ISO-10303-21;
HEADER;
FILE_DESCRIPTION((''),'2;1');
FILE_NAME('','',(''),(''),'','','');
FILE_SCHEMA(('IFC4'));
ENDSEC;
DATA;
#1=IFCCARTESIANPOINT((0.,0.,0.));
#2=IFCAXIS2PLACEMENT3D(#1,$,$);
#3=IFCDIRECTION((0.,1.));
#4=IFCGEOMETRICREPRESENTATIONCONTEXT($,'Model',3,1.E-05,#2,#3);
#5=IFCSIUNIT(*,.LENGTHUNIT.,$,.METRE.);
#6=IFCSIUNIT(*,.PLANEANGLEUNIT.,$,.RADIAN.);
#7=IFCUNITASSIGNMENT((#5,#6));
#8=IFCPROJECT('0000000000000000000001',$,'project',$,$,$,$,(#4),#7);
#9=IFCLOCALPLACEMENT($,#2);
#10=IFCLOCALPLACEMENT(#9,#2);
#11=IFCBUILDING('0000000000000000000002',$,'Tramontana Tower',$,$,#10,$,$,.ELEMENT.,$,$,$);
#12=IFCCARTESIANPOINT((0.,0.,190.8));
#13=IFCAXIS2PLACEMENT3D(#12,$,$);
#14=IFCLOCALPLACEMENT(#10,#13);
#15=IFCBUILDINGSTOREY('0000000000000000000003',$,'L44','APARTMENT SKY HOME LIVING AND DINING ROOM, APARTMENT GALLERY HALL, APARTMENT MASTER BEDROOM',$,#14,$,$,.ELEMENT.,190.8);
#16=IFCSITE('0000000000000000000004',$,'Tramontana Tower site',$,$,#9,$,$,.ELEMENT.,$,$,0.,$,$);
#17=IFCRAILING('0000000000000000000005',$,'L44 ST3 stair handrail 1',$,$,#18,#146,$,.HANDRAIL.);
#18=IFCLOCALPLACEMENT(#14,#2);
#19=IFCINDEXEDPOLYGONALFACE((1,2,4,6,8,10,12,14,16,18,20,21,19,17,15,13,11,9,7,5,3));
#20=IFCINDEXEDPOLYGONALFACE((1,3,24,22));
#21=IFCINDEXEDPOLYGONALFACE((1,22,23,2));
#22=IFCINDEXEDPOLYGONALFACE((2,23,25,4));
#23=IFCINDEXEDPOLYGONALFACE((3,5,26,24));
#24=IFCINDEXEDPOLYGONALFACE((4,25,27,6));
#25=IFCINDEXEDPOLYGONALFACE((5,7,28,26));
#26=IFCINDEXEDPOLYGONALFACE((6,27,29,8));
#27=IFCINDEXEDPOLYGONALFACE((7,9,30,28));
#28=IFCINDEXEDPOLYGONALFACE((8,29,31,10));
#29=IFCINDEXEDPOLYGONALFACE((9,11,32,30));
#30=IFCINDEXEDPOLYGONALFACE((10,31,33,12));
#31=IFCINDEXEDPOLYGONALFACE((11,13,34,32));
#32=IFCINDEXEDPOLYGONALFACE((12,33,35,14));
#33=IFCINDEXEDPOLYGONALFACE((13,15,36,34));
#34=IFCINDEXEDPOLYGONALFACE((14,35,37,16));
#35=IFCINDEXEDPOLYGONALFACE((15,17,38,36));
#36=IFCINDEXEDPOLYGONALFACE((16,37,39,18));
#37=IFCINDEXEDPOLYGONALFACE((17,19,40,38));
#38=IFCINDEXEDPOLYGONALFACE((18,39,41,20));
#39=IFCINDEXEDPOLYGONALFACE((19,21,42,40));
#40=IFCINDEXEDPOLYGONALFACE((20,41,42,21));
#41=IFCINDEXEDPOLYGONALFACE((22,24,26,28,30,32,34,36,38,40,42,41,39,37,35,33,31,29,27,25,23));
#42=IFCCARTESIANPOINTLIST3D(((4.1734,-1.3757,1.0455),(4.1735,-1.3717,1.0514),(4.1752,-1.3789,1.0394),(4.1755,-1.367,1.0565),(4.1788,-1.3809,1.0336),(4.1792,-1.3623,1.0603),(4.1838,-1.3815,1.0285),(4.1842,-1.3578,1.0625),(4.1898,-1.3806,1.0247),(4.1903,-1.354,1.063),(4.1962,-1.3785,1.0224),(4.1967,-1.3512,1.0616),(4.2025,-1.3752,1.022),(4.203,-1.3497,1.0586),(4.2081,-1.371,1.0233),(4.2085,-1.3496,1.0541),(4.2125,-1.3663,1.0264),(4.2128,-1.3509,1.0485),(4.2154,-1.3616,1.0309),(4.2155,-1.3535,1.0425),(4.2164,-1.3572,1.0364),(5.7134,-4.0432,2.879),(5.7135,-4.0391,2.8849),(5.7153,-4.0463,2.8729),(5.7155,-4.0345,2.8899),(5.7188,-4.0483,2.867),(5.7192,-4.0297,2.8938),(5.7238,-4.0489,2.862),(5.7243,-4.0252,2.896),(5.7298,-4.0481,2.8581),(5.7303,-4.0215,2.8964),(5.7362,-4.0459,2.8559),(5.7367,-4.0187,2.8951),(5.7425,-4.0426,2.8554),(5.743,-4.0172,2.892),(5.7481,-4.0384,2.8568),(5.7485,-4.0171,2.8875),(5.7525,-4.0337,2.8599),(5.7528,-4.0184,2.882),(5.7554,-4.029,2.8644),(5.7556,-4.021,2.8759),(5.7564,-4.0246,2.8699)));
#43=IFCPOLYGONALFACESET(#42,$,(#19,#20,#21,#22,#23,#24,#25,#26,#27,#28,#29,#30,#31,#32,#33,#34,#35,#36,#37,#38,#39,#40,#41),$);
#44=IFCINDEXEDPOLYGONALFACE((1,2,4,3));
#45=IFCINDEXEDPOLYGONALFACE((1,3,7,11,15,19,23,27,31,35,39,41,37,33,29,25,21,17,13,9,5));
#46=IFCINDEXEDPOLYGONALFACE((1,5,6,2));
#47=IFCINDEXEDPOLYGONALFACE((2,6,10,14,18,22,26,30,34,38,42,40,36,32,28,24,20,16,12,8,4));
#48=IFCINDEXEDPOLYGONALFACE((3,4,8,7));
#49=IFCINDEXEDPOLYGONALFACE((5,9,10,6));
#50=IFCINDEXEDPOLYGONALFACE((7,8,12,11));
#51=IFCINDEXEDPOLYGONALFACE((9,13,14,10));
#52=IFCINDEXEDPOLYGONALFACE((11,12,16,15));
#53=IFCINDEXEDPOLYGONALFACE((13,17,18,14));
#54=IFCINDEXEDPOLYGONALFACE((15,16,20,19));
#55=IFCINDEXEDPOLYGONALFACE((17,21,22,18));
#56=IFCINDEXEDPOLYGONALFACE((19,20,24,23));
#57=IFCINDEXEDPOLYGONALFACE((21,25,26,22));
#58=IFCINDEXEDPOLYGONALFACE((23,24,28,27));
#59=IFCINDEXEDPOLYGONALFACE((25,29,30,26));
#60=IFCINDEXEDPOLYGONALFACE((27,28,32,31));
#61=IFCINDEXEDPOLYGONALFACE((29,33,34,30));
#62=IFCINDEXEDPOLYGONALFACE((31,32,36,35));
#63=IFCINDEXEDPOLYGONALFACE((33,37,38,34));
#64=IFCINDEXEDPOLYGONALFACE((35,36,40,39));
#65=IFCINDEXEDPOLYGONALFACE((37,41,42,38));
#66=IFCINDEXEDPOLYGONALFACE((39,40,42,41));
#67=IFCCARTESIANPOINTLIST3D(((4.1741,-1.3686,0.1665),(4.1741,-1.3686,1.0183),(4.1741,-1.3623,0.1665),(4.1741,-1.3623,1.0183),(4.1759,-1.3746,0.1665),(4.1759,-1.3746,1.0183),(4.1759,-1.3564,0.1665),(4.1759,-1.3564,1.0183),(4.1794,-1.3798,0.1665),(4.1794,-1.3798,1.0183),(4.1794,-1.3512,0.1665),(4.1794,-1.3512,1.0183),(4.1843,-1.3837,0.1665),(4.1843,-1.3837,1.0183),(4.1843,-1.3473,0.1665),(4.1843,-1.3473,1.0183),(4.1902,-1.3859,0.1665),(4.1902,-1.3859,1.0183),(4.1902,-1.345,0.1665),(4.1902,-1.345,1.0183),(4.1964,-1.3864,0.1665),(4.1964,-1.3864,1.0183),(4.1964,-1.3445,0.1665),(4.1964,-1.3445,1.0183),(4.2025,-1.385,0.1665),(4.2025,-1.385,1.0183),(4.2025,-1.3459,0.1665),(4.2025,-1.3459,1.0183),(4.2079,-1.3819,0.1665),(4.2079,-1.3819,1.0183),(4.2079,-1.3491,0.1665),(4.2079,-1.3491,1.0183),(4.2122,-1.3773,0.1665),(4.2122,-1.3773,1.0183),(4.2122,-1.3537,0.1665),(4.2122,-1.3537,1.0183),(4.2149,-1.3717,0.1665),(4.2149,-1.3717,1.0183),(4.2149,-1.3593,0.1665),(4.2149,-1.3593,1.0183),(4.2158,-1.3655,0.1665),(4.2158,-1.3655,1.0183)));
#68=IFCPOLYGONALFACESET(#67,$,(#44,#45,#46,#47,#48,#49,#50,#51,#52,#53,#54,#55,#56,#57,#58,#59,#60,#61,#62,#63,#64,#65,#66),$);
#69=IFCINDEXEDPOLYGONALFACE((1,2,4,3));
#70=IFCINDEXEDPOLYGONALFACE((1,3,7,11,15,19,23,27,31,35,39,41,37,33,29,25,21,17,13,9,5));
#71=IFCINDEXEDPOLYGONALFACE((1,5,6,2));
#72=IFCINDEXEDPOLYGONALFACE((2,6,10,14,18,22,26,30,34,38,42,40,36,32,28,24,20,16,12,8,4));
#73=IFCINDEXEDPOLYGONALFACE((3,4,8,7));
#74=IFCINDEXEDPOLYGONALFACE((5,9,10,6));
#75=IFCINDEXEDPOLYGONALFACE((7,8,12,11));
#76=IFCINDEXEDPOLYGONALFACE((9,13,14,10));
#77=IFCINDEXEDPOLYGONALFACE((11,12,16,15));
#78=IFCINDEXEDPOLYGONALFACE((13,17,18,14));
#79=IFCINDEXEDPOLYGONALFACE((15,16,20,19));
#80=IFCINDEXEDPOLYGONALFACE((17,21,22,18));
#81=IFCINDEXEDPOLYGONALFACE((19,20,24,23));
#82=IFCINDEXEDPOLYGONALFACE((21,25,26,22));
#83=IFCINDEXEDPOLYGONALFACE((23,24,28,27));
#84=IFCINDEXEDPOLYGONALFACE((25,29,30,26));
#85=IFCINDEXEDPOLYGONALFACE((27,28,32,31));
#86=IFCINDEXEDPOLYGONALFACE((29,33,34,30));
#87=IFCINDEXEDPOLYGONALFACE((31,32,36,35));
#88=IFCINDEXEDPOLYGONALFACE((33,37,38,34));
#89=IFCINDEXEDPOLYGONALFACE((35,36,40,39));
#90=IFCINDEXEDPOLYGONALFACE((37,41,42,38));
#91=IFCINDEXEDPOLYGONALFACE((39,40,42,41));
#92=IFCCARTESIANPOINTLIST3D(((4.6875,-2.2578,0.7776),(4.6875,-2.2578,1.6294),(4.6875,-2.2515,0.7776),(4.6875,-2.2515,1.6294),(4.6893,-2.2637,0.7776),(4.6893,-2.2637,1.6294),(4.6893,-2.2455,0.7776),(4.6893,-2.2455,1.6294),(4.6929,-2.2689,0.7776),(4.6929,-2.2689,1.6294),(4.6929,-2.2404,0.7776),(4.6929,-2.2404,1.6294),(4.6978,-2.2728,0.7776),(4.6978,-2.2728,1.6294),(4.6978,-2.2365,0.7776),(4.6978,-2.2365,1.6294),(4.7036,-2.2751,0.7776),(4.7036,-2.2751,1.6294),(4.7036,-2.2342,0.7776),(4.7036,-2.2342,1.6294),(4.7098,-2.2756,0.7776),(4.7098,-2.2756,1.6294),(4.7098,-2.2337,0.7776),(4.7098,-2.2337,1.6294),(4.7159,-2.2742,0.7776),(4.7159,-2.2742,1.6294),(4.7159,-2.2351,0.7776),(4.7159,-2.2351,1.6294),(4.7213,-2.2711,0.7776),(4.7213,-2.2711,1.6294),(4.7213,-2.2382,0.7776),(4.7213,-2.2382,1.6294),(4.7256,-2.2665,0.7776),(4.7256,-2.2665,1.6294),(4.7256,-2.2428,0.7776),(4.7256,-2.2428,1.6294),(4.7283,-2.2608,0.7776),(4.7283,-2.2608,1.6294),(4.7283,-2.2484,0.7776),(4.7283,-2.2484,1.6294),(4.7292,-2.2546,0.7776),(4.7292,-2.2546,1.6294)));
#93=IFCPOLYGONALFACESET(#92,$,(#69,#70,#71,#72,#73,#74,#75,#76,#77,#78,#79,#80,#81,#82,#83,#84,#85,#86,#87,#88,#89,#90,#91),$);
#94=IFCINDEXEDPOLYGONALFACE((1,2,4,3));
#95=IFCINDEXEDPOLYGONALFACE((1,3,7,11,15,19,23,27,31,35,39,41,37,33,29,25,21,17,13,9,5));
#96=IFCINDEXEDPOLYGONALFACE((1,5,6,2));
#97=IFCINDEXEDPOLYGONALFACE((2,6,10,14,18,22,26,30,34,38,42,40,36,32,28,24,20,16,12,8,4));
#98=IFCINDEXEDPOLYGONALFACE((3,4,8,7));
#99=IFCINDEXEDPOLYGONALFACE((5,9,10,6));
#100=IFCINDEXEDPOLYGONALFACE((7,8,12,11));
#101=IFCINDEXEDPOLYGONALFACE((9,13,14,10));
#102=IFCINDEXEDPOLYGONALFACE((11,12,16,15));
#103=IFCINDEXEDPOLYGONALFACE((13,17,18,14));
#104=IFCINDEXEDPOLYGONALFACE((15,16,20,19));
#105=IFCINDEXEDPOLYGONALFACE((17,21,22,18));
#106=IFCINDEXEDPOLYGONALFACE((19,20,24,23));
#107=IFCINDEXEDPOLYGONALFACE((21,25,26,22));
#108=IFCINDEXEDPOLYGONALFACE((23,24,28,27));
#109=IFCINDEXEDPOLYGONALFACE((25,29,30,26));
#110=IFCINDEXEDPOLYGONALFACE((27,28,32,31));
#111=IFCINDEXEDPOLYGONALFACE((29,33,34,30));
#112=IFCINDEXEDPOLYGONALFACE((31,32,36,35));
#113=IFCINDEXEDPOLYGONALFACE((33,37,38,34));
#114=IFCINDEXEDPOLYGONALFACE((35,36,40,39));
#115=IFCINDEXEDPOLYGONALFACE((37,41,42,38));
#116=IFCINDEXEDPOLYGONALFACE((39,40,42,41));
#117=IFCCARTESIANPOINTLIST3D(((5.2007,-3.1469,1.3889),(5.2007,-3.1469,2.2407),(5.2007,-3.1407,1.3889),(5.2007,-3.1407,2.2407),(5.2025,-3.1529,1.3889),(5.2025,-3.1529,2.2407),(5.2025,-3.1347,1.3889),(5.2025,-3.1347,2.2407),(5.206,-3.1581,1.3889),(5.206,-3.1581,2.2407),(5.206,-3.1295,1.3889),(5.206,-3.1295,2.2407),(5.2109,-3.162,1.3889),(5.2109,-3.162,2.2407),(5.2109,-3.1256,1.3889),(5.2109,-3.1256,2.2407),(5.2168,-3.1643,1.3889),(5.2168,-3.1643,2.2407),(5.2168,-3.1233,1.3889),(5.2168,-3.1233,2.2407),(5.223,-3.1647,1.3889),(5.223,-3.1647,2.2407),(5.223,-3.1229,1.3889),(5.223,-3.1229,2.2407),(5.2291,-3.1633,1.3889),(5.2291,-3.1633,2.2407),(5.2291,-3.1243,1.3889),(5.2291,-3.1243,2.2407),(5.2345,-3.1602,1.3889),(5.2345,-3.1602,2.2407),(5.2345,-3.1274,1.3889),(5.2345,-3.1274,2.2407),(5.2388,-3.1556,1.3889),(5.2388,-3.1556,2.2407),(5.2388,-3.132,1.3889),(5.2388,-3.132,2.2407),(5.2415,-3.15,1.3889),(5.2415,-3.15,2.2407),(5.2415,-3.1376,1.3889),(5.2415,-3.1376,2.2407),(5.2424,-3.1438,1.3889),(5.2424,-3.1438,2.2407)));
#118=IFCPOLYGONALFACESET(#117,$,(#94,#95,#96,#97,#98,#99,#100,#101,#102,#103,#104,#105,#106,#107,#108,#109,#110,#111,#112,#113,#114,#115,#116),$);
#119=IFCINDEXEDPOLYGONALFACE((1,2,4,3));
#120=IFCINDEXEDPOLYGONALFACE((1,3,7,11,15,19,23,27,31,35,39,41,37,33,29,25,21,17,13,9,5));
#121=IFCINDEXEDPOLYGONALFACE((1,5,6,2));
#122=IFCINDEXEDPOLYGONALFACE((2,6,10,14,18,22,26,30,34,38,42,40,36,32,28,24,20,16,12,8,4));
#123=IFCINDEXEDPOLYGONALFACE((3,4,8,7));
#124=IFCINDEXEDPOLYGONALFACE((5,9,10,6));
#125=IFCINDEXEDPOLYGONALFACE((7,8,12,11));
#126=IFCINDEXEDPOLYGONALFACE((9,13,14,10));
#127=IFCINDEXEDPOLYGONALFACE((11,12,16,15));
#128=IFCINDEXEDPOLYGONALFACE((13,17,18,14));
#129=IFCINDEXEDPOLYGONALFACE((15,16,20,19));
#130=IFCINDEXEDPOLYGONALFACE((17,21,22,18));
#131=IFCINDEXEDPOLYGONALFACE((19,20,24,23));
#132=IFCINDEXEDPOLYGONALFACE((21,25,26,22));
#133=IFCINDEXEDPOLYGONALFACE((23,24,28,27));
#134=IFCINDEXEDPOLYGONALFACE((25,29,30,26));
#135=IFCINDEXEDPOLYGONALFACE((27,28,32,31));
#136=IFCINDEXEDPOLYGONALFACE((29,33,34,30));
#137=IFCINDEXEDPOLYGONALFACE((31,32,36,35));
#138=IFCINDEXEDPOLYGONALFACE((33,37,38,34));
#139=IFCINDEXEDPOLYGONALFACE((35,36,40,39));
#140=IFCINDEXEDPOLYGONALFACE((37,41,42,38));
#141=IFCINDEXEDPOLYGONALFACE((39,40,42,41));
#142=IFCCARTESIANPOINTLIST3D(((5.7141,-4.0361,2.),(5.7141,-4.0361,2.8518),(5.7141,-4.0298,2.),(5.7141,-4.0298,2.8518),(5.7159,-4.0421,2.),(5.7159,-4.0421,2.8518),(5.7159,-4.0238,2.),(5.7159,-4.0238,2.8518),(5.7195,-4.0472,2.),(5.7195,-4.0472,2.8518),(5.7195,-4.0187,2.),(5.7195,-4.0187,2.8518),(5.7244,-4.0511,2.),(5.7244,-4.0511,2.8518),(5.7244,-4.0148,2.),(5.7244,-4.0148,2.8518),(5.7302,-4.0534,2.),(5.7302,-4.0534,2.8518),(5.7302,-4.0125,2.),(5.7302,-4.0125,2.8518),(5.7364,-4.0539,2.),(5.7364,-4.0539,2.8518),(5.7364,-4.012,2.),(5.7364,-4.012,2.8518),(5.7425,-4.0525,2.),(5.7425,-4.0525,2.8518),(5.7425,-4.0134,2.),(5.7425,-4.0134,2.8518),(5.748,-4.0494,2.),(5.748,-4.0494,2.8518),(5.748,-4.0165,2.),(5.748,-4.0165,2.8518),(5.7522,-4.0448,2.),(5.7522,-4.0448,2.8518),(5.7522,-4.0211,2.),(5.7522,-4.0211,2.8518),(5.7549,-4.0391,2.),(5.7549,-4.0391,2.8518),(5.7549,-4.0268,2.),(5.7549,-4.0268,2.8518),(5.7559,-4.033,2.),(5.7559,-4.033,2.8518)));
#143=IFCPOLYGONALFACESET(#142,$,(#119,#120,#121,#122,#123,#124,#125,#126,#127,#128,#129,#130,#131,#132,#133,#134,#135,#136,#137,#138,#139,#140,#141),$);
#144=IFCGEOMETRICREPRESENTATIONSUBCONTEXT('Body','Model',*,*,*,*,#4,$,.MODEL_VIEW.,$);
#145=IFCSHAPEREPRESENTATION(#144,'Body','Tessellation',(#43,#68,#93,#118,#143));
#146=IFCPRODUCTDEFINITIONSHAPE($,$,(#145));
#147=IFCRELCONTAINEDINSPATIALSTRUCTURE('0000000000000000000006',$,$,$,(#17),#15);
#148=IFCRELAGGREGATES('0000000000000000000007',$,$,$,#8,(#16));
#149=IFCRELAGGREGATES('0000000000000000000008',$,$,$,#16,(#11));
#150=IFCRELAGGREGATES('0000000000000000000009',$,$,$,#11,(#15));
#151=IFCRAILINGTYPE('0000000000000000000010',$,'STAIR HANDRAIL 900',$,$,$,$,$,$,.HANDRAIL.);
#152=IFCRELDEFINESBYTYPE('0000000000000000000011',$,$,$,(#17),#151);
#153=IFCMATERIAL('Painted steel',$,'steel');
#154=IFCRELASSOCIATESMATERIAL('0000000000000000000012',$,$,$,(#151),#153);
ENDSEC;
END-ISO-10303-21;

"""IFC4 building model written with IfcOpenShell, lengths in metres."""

from ifc_helpers import new_model, si_unit, direction, frame, origin, origin_2d, place, context, subcontext, project, spatial, circle, extrude, material, type_object, element, save


model = new_model("IFC4")

# Units and contexts
model_context = context("Model", 3, precision=1e-05, world=origin(), true_north=direction((0.0, 1.0)))
body_context = subcontext(model_context, "Body", "Model", "MODEL_VIEW")
ifc_project = project(units=[si_unit("LENGTHUNIT", "METRE"), si_unit("PLANEANGLEUNIT", "RADIAN")], contexts=[model_context])

# Site, building, storey
site_placement = place(None, origin())
site = spatial("IfcSite", under=ifc_project, at=site_placement, Name="Tramontana Tower site", CompositionType="ELEMENT", RefElevation=0.0)
building_placement = place(site_placement, origin())
building = spatial("IfcBuilding", under=site, at=building_placement, Name="Tramontana Tower", CompositionType="ELEMENT")
storey_placement = place(building_placement, frame((0.0, 0.0, 190.8)))
storey = spatial("IfcBuildingStorey", under=building, at=storey_placement, Name="L44", Description="APARTMENT SKY HOME LIVING AND DINING ROOM, APARTMENT GALLERY HALL, APARTMENT MASTER BEDROOM", CompositionType="ELEMENT", Elevation=190.8)

# Railing
ifc_material_1 = material(Name="Painted steel", Category="steel")
railing_type_1 = type_object("IfcRailingType", Name="STAIR HANDRAIL 900", PredefinedType="HANDRAIL", material=ifc_material_1)
railing_1_placement = place(storey_placement, frame((4.1948, -1.3655, 0.1665)))
element("IfcRailing", 1, at=railing_1_placement, inside=storey, type_object=railing_type_1, Name="L44 ST3 stair handrail 1", PredefinedType="HANDRAIL", context=body_context, shape_type="SweptSolid", body=[
    extrude(circle(Radius=0.0239, at=origin_2d()), frame((0.0, 0.0, 0.876), z_axis=(0.429634, -0.744164, 0.511502), x_axis=(0.86603, 0.499992, 0.0)), (0.0, 0.0, 1.0), 3.5845),
    extrude(circle(Radius=0.021, at=origin_2d()), origin(), (0.0, 0.0, 1.0), 0.8518),
    extrude(circle(Radius=0.021, at=origin_2d()), frame((0.5134, -0.8892, 0.6111)), (0.0, 0.0, 1.0), 0.8518),
    extrude(circle(Radius=0.021, at=origin_2d()), frame((1.0266, -1.7783, 1.2224)), (0.0, 0.0, 1.0), 0.8518),
    extrude(circle(Radius=0.021, at=origin_2d()), frame((1.54, -2.6675, 1.8335)), (0.0, 0.0, 1.0), 0.8518),
])

save(model, "model.ifc")
